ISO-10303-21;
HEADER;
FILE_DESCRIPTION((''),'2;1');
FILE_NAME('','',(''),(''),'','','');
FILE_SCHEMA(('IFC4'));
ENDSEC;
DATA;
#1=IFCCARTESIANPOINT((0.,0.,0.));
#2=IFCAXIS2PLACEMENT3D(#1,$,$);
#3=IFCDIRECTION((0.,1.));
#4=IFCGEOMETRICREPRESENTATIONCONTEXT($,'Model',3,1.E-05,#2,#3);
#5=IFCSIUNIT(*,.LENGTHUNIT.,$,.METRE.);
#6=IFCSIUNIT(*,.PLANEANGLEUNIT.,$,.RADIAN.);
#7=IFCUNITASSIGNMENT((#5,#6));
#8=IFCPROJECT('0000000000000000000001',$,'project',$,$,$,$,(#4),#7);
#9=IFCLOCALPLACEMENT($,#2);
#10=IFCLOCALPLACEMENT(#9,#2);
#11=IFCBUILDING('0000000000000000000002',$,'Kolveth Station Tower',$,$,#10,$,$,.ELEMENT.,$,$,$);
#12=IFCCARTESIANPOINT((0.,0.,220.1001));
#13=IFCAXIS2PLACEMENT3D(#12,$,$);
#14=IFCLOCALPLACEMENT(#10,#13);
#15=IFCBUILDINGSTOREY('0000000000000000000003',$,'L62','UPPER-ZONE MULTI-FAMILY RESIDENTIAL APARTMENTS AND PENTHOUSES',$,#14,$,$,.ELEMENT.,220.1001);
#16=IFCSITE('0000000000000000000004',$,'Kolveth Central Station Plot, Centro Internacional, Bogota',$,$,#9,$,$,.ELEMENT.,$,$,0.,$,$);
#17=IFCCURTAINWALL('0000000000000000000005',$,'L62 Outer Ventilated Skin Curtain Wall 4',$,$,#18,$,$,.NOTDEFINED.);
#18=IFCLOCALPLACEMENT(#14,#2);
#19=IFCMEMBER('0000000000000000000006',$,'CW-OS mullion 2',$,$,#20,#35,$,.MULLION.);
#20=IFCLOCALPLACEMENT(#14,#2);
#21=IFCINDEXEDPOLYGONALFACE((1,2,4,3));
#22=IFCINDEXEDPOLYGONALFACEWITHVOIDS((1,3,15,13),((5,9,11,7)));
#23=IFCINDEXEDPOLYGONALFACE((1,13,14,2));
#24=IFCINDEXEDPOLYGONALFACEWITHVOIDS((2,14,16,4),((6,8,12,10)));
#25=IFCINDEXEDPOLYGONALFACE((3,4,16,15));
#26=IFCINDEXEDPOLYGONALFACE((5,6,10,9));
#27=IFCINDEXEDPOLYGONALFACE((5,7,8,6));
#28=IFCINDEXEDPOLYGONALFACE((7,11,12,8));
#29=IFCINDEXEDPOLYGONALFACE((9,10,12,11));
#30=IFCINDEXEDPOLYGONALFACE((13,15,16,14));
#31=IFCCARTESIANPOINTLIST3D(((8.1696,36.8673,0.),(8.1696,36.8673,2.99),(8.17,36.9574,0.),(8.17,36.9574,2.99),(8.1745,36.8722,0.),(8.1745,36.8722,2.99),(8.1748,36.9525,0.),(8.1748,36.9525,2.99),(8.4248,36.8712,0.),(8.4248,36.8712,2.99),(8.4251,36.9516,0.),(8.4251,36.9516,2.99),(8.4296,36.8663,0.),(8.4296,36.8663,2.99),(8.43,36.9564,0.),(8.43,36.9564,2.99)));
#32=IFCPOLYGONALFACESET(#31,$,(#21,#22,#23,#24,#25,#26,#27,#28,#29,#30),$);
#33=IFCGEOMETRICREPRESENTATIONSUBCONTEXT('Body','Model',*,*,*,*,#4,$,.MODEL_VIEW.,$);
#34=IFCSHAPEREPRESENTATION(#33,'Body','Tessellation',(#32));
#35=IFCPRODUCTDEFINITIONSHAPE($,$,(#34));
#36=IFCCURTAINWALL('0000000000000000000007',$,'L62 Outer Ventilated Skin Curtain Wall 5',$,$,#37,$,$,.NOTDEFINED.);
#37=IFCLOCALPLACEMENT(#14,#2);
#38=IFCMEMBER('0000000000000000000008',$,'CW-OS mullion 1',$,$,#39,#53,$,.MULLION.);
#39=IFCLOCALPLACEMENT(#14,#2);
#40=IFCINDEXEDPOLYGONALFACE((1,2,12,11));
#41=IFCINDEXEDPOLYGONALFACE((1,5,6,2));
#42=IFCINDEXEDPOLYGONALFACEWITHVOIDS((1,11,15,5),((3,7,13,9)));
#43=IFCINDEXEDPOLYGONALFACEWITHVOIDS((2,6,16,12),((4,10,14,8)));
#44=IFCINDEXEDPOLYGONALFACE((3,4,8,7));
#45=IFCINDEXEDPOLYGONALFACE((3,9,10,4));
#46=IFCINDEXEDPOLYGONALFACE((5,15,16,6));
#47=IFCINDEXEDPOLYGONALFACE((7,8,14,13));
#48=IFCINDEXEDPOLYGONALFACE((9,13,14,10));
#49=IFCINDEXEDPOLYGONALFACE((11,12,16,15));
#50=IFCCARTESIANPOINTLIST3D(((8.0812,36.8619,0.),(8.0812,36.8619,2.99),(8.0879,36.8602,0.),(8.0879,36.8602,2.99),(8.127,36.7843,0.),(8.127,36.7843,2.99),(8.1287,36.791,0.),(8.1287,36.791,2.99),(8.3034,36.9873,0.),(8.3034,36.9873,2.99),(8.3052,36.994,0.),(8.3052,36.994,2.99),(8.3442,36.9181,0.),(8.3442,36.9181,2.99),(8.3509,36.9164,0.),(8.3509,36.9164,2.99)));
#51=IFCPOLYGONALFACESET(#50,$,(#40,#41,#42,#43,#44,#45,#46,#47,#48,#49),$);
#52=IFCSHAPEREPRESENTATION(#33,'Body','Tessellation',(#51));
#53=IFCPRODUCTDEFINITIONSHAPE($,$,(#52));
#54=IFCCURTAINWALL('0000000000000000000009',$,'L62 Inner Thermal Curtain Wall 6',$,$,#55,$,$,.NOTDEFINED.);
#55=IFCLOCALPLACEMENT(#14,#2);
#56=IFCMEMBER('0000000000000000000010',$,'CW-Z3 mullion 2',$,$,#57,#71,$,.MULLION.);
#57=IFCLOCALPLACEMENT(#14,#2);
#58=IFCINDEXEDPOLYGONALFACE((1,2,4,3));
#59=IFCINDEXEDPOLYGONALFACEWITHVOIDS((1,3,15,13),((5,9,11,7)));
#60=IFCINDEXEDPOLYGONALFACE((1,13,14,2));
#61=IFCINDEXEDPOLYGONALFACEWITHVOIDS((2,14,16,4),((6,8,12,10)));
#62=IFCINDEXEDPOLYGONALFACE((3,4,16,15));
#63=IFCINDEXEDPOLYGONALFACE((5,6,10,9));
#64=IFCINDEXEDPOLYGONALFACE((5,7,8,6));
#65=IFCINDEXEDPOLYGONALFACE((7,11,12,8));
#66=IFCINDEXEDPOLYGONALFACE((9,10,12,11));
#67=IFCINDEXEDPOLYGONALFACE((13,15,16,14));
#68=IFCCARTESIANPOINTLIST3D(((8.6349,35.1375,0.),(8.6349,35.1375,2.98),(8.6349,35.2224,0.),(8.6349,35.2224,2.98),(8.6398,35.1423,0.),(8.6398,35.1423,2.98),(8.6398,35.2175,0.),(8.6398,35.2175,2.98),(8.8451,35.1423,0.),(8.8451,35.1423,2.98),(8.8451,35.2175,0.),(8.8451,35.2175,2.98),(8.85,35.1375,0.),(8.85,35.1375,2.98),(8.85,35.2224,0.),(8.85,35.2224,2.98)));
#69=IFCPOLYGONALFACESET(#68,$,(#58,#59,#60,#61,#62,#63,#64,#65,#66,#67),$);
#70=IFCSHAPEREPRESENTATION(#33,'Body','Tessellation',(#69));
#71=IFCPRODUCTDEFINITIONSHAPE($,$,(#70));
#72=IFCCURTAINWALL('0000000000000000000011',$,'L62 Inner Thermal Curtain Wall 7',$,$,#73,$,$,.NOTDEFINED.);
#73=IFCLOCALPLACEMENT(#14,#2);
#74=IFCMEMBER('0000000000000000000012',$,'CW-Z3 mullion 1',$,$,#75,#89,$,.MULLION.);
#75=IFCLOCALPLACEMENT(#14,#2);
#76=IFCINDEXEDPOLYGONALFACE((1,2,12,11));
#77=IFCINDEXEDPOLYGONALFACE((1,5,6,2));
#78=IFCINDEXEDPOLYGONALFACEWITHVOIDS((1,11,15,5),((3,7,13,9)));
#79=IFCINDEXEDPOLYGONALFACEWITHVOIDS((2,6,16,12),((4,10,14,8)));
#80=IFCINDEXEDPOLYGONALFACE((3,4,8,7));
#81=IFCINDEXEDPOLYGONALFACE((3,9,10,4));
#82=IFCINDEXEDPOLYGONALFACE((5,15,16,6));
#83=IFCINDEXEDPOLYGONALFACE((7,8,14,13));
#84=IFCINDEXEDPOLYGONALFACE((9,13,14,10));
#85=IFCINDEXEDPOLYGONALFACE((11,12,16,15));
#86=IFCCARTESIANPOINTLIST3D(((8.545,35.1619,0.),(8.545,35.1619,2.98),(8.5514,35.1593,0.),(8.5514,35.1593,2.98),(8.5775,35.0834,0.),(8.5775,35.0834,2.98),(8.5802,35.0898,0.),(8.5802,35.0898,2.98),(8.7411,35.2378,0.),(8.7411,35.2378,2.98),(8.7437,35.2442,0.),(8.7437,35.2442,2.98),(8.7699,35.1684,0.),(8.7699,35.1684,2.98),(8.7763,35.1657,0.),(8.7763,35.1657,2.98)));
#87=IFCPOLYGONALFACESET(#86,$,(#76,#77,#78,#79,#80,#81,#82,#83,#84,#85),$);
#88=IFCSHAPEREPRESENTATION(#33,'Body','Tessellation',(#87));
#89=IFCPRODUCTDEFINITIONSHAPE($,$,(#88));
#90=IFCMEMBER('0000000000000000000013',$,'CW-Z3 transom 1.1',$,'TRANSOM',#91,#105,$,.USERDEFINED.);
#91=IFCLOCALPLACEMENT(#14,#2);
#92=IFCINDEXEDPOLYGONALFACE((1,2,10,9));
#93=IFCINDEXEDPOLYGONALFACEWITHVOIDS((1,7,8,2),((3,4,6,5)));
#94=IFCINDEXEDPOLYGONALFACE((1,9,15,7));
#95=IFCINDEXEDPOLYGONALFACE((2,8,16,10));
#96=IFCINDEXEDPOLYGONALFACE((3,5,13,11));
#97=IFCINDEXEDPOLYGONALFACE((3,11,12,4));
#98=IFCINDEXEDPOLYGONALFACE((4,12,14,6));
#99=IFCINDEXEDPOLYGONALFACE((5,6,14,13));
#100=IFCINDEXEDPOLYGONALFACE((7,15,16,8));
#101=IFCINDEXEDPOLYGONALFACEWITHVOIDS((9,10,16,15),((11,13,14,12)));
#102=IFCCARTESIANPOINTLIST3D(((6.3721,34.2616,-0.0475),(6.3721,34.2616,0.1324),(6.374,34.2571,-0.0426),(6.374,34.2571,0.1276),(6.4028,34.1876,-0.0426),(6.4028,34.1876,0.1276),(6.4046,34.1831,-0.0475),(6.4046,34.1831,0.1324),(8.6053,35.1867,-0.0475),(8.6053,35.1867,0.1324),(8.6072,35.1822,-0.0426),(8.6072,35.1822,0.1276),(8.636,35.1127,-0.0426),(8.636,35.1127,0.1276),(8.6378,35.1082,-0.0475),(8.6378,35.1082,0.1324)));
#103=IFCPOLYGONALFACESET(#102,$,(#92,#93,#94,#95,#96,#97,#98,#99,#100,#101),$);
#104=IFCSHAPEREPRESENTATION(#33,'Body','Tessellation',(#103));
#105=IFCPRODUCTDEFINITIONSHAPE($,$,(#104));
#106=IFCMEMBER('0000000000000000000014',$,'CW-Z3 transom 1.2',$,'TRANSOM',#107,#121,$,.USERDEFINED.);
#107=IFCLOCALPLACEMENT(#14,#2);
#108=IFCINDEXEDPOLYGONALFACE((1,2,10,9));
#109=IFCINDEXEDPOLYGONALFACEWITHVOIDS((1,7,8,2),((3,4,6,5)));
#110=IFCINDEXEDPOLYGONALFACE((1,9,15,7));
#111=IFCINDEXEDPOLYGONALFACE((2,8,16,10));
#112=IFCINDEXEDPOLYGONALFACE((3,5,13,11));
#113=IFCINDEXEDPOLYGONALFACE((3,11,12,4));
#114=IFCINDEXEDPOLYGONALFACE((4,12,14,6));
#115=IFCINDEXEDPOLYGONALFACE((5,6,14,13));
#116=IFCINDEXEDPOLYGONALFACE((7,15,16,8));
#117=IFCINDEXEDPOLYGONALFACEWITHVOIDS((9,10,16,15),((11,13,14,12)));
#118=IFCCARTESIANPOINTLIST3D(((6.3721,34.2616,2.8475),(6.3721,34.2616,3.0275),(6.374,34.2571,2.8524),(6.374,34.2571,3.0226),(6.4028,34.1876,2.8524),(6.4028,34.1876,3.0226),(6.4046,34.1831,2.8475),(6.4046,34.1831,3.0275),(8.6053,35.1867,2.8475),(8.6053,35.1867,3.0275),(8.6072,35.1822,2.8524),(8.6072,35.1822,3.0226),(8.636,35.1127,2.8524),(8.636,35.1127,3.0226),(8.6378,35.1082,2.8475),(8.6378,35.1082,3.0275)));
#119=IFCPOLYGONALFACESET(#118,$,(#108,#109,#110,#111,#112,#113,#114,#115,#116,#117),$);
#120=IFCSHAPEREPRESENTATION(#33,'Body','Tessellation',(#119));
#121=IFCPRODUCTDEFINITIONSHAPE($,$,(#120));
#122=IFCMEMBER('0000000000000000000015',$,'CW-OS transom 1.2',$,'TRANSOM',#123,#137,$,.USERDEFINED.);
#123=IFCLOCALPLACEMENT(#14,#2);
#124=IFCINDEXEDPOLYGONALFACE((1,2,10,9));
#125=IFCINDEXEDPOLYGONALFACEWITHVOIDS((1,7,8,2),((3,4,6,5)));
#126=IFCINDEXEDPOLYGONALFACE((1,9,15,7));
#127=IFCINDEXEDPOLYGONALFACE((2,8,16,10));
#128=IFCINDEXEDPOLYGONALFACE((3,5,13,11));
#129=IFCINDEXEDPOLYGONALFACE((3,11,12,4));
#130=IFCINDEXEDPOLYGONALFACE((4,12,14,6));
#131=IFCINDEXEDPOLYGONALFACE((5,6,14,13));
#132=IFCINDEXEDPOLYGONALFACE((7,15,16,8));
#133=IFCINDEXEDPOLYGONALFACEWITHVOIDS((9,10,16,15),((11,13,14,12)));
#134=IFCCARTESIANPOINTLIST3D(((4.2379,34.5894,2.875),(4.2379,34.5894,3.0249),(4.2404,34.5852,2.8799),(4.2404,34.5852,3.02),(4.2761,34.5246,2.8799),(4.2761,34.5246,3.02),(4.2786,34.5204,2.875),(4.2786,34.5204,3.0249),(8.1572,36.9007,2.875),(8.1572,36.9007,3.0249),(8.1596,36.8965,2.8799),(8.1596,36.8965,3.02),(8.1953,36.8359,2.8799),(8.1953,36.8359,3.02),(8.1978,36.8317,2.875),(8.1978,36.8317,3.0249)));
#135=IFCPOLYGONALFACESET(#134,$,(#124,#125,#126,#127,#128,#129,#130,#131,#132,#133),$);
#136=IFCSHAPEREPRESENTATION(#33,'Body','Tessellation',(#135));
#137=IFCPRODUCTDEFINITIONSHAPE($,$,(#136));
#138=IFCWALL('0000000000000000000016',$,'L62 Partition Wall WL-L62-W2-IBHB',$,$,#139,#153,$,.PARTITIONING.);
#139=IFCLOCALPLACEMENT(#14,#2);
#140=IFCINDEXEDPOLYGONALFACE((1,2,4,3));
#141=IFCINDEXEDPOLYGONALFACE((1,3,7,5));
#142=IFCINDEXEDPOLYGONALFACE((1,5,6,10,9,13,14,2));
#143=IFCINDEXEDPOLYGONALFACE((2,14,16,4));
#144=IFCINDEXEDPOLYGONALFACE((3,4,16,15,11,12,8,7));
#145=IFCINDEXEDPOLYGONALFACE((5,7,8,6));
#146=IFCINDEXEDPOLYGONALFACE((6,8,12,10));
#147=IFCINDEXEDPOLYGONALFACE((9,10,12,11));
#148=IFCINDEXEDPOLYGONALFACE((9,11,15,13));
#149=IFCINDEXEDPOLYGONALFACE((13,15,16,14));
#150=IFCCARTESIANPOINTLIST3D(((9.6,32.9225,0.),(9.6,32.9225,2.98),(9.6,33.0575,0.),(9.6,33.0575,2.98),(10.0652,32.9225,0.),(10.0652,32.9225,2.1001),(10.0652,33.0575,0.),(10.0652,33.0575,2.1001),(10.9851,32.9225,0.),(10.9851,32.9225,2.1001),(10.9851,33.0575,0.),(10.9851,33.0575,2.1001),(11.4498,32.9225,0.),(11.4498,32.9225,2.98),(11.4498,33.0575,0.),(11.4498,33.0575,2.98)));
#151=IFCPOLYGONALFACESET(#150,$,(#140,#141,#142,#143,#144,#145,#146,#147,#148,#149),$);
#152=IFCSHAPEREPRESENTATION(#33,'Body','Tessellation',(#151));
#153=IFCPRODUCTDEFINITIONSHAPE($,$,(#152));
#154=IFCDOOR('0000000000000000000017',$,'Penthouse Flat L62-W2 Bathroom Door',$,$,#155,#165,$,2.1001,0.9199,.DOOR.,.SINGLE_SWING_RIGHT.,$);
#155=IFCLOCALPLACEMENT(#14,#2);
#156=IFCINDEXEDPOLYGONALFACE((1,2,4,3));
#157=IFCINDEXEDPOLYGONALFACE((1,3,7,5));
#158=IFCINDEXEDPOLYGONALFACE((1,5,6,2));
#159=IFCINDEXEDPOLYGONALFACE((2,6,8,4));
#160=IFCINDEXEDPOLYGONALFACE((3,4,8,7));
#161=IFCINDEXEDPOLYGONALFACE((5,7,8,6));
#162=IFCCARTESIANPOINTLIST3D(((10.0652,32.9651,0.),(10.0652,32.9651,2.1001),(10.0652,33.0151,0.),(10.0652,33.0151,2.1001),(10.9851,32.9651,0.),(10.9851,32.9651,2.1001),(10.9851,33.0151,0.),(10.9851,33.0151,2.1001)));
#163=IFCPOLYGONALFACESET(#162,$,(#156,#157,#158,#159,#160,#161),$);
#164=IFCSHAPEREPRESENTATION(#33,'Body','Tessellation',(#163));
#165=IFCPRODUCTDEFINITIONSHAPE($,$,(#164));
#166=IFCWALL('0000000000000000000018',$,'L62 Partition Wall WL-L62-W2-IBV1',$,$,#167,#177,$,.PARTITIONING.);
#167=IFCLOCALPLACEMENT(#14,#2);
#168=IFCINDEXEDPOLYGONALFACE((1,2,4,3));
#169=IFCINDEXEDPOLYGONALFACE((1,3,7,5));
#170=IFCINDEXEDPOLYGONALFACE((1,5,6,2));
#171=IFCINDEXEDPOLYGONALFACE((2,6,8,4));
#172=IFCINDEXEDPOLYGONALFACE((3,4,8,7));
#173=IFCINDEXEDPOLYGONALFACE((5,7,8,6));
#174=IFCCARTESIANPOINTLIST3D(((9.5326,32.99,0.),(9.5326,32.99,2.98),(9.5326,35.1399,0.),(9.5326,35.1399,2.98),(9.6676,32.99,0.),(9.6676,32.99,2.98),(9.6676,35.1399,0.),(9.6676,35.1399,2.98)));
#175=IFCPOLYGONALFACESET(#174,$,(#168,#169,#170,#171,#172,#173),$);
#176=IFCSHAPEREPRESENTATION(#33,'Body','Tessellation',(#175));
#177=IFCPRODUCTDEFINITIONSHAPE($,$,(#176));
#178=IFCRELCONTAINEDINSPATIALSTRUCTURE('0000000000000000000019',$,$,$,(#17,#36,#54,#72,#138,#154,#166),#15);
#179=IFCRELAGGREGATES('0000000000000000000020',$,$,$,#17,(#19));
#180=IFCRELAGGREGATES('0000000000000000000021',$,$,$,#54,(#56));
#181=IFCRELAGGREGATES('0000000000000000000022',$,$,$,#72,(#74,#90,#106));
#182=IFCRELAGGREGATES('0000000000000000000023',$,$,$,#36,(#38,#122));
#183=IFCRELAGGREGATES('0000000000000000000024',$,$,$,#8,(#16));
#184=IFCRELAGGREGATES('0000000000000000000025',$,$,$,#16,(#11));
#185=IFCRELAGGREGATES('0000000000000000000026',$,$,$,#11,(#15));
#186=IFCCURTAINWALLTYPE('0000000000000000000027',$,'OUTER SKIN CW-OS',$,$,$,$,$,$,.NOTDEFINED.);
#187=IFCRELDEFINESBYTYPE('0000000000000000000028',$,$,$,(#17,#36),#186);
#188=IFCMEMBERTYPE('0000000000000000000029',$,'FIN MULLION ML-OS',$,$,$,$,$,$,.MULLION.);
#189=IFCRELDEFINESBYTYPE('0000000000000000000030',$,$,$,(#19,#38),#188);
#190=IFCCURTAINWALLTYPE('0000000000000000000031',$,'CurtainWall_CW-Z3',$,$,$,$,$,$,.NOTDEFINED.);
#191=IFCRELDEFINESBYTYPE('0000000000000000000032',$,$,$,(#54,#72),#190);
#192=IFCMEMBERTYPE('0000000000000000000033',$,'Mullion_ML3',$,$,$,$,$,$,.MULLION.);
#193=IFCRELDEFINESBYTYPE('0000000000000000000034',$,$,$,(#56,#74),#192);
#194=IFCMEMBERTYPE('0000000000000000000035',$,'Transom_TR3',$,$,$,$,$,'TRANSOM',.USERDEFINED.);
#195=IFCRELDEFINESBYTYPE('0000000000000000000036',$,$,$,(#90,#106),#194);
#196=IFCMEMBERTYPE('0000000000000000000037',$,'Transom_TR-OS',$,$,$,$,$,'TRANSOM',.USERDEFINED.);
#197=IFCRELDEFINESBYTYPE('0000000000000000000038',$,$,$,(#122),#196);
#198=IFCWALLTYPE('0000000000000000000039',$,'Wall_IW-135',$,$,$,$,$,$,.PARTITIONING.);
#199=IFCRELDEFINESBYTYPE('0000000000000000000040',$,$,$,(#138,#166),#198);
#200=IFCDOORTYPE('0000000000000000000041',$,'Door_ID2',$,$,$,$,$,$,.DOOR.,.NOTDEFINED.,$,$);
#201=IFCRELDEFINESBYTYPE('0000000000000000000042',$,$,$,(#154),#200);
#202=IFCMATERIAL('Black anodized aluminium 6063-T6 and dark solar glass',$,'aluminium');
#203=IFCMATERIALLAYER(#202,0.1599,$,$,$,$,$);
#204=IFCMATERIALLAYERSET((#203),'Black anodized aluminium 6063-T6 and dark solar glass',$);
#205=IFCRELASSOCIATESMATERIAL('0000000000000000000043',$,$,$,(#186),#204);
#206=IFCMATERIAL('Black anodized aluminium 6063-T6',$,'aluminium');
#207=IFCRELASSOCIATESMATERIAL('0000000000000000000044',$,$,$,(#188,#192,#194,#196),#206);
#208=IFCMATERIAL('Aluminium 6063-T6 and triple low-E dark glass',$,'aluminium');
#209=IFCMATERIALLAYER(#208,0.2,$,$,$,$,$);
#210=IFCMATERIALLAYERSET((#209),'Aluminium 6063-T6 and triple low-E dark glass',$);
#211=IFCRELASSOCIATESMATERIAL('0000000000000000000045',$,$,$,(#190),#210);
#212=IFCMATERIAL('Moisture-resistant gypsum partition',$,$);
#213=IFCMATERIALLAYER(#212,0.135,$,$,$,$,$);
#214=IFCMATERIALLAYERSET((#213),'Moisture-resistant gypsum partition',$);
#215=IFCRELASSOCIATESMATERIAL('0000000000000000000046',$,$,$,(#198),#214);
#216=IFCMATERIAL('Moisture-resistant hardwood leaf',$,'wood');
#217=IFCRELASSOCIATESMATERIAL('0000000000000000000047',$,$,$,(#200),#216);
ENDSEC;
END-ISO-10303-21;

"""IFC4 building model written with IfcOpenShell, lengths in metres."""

from ifc_helpers import new_model, si_unit, direction, frame, frame_2d, origin, origin_2d, place, context, subcontext, project, spatial, rectangle, hollow_rectangle, extrude, source, transform, mapped, material, layer, layer_set, material_profile, profile_set, type_object, element, fill, aggregate, save


model = new_model("IFC4")

# Units and contexts
model_context = context("Model", 3, precision=1e-05, world=origin(), true_north=direction((0.0, 1.0)))
body_context = subcontext(model_context, "Body", "Model", "MODEL_VIEW")
ifc_project = project(units=[si_unit("LENGTHUNIT", "METRE"), si_unit("PLANEANGLEUNIT", "RADIAN")], contexts=[model_context])

# Site, building, storey
site_placement = place(None, origin())
site = spatial("IfcSite", under=ifc_project, at=site_placement, Name="Kolveth Central Station Plot, Centro Internacional, Bogota", CompositionType="ELEMENT", RefElevation=0.0)
building_placement = place(site_placement, origin())
building = spatial("IfcBuilding", under=site, at=building_placement, Name="Kolveth Station Tower", CompositionType="ELEMENT")
storey_placement = place(building_placement, frame((0.0, 0.0, 220.1001)))
storey = spatial("IfcBuildingStorey", under=building, at=storey_placement, Name="L62", Description="UPPER-ZONE MULTI-FAMILY RESIDENTIAL APARTMENTS AND PENTHOUSES", CompositionType="ELEMENT", Elevation=220.1001)

# Curtain walls, members
ifc_material_1 = material(Name="Black anodized aluminium 6063-T6 and dark solar glass", Category="aluminium")
ifc_layer_1 = layer(ifc_material_1, 0.1599)
ifc_layer_set_1 = layer_set([ifc_layer_1], Name="Black anodized aluminium 6063-T6 and dark solar glass")
curtain_wall_type_1 = type_object("IfcCurtainWallType", Name="OUTER SKIN CW-OS", PredefinedType="NOTDEFINED", material=ifc_layer_set_1)
curtain_wall_1_placement = place(storey_placement, origin())
curtain_wall_1 = element("IfcCurtainWall", 1, at=curtain_wall_1_placement, inside=storey, type_object=curtain_wall_type_1, Name="L62 Outer Ventilated Skin Curtain Wall 4", PredefinedType="NOTDEFINED")
ifc_material_2 = material(Name="Black anodized aluminium 6063-T6", Category="aluminium")
ifc_material_profile_1 = material_profile(ifc_material_2, hollow_rectangle(XDim=0.0901, YDim=0.26, WallThickness=0.0049, at=origin_2d()), Name="ALU-90x260x5")
ifc_profile_set_1 = profile_set([ifc_material_profile_1], Name="Black anodized aluminium 6063-T6")
member_type_1 = type_object("IfcMemberType", Name="FIN MULLION ML-OS", PredefinedType="MULLION", material=ifc_profile_set_1)
shared_shape_1 = source(origin(), body_context, "Body", "SweptSolid", [
    extrude(hollow_rectangle(XDim=0.0901, YDim=0.26, WallThickness=0.0049, at=origin_2d()), origin(), (0.0, 0.0, 1.0), 2.99),
])
member_1_placement = place(storey_placement, frame((8.2998, 36.9119, 0.0), z_axis=(0.0, 0.0, 1.0), x_axis=(-0.003665, -0.999993, 0.0)))
member_1 = element("IfcMember", 2, at=member_1_placement, type_object=member_type_1, Name="CW-OS mullion 2", PredefinedType="MULLION", context=body_context, shape_type="MappedRepresentation", body=[
    mapped(shared_shape_1, transform((0.0, 0.0, 0.0), x_axis=(1.0, 0.0, 0.0), y_axis=(0.0, 1.0, 0.0), z_axis=(0.0, 0.0, 1.0), scale=1.0)),
])
aggregate(curtain_wall_1, [member_1])
curtain_wall_2_placement = place(storey_placement, origin())
curtain_wall_2 = element("IfcCurtainWall", 3, at=curtain_wall_2_placement, inside=storey, type_object=curtain_wall_type_1, Name="L62 Outer Ventilated Skin Curtain Wall 5", PredefinedType="NOTDEFINED")
member_2_placement = place(storey_placement, frame((8.2161, 36.8892, 0.0), z_axis=(0.0, 0.0, 1.0), x_axis=(0.508014, -0.861349, 0.0)))
member_2 = element("IfcMember", 4, at=member_2_placement, type_object=member_type_1, Name="CW-OS mullion 1", PredefinedType="MULLION", context=body_context, shape_type="MappedRepresentation", body=[
    mapped(shared_shape_1, transform((0.0, 0.0, 0.0), x_axis=(1.0, 0.0, 0.0), y_axis=(0.0, 1.0, 0.0), z_axis=(0.0, 0.0, 1.0), scale=1.0)),
])
ifc_material_3 = material(Name="Aluminium 6063-T6 and triple low-E dark glass", Category="aluminium")
ifc_layer_2 = layer(ifc_material_3, 0.2)
ifc_layer_set_2 = layer_set([ifc_layer_2], Name="Aluminium 6063-T6 and triple low-E dark glass")
curtain_wall_type_2 = type_object("IfcCurtainWallType", Name="CurtainWall_CW-Z3", PredefinedType="NOTDEFINED", material=ifc_layer_set_2)
curtain_wall_3_placement = place(storey_placement, origin())
curtain_wall_3 = element("IfcCurtainWall", 5, at=curtain_wall_3_placement, inside=storey, type_object=curtain_wall_type_2, Name="L62 Inner Thermal Curtain Wall 6", PredefinedType="NOTDEFINED")
ifc_material_profile_2 = material_profile(ifc_material_2, hollow_rectangle(XDim=0.085, YDim=0.2151, WallThickness=0.0049, at=origin_2d()), Name="ALU-85x215x5")
ifc_profile_set_2 = profile_set([ifc_material_profile_2], Name="Black anodized aluminium 6063-T6")
member_type_2 = type_object("IfcMemberType", Name="Mullion_ML3", PredefinedType="MULLION", material=ifc_profile_set_2)
shared_shape_2 = source(origin(), body_context, "Body", "SweptSolid", [
    extrude(hollow_rectangle(XDim=0.085, YDim=0.2151, WallThickness=0.0049, at=origin_2d()), origin(), (0.0, 0.0, 1.0), 2.98),
])
member_3_placement = place(storey_placement, frame((8.7424, 35.1799, 0.0), z_axis=(0.0, 0.0, 1.0), x_axis=(0.0, -1.0, 0.0)))
member_3 = element("IfcMember", 6, at=member_3_placement, type_object=member_type_2, Name="CW-Z3 mullion 2", PredefinedType="MULLION", context=body_context, shape_type="MappedRepresentation", body=[
    mapped(shared_shape_2, transform((0.0, 0.0, 0.0), x_axis=(1.0, 0.0, 0.0), y_axis=(0.0, 1.0, 0.0), z_axis=(0.0, 0.0, 1.0), scale=1.0)),
])
aggregate(curtain_wall_3, [member_3])

# Curtain wall, members
curtain_wall_4_placement = place(storey_placement, origin())
curtain_wall_4 = element("IfcCurtainWall", 7, at=curtain_wall_4_placement, inside=storey, type_object=curtain_wall_type_2, Name="L62 Inner Thermal Curtain Wall 7", PredefinedType="NOTDEFINED")
member_4_placement = place(storey_placement, frame((8.6606, 35.1638, 0.0), z_axis=(0.0, 0.0, 1.0), x_axis=(0.382693, -0.923875, 0.0)))
member_4 = element("IfcMember", 8, at=member_4_placement, type_object=member_type_2, Name="CW-Z3 mullion 1", PredefinedType="MULLION", context=body_context, shape_type="MappedRepresentation", body=[
    mapped(shared_shape_2, transform((0.0, 0.0, 0.0), x_axis=(1.0, 0.0, 0.0), y_axis=(0.0, 1.0, 0.0), z_axis=(0.0, 0.0, 1.0), scale=1.0)),
])
ifc_material_profile_3 = material_profile(ifc_material_2, hollow_rectangle(XDim=0.085, YDim=0.1799, WallThickness=0.0049, at=origin_2d()), Name="ALU-85x180x5")
ifc_profile_set_3 = profile_set([ifc_material_profile_3], Name="Black anodized aluminium 6063-T6")
member_type_3 = type_object("IfcMemberType", Name="Transom_TR3", ElementType="TRANSOM", PredefinedType="USERDEFINED", material=ifc_profile_set_3)
shared_shape_3 = source(origin(), body_context, "Body", "SweptSolid", [
    extrude(hollow_rectangle(XDim=0.085, YDim=0.1799, WallThickness=0.0049, at=origin_2d()), origin(), (0.0, 0.0, 1.0), 2.4172),
])
member_5_placement = place(storey_placement, frame((8.6216, 35.1475, 0.0425), z_axis=(-0.923873, -0.3827, 0.0), x_axis=(0.3827, -0.923873, 0.0)))
member_5 = element("IfcMember", 9, at=member_5_placement, type_object=member_type_3, Name="CW-Z3 transom 1.1", ObjectType="TRANSOM", PredefinedType="USERDEFINED", context=body_context, shape_type="MappedRepresentation", body=[
    mapped(shared_shape_3, transform((0.0, 0.0, 0.0), x_axis=(1.0, 0.0, 0.0), y_axis=(0.0, 1.0, 0.0), z_axis=(0.0, 0.0, 1.0), scale=1.0)),
])
member_6_placement = place(storey_placement, frame((8.6216, 35.1475, 2.9375), z_axis=(-0.923873, -0.3827, 0.0), x_axis=(0.3827, -0.923873, 0.0)))
member_6 = element("IfcMember", 10, at=member_6_placement, type_object=member_type_3, Name="CW-Z3 transom 1.2", ObjectType="TRANSOM", PredefinedType="USERDEFINED", context=body_context, shape_type="MappedRepresentation", body=[
    mapped(shared_shape_3, transform((0.0, 0.0, 0.0), x_axis=(1.0, 0.0, 0.0), y_axis=(0.0, 1.0, 0.0), z_axis=(0.0, 0.0, 1.0), scale=1.0)),
])
aggregate(curtain_wall_4, [member_4, member_5, member_6])

# Member
ifc_material_profile_4 = material_profile(ifc_material_2, hollow_rectangle(XDim=0.0801, YDim=0.1499, WallThickness=0.0049, at=origin_2d()), Name="ALU-80x150x5")
ifc_profile_set_4 = profile_set([ifc_material_profile_4], Name="Black anodized aluminium 6063-T6")
member_type_4 = type_object("IfcMemberType", Name="Transom_TR-OS", ElementType="TRANSOM", PredefinedType="USERDEFINED", material=ifc_profile_set_4)
shared_shape_4 = source(origin(), body_context, "Body", "SweptSolid", [
    extrude(hollow_rectangle(XDim=0.0801, YDim=0.1499, WallThickness=0.0049, at=origin_2d()), origin(), (0.0, 0.0, 1.0), 4.55),
])
member_7_placement = place(storey_placement, frame((8.1775, 36.8662, 2.95), z_axis=(-0.86137, -0.507979, 0.0), x_axis=(0.507979, -0.86137, 0.0)))
member_7 = element("IfcMember", 11, at=member_7_placement, type_object=member_type_4, Name="CW-OS transom 1.2", ObjectType="TRANSOM", PredefinedType="USERDEFINED", context=body_context, shape_type="MappedRepresentation", body=[
    mapped(shared_shape_4, transform((0.0, 0.0, 0.0), x_axis=(1.0, 0.0, 0.0), y_axis=(0.0, 1.0, 0.0), z_axis=(0.0, 0.0, 1.0), scale=1.0)),
])
aggregate(curtain_wall_2, [member_2, member_7])

# Wall, opening, door
ifc_material_4 = material(Name="Moisture-resistant gypsum partition")
ifc_layer_3 = layer(ifc_material_4, 0.135)
ifc_layer_set_3 = layer_set([ifc_layer_3], Name="Moisture-resistant gypsum partition")
wall_type_1 = type_object("IfcWallType", Name="Wall_IW-135", PredefinedType="PARTITIONING", material=ifc_layer_set_3)
wall_1_placement = place(storey_placement, frame((9.6001, 32.99, 0.0), z_axis=(0.0, 0.0, 1.0), x_axis=(1.0, 0.0, 0.0)))
wall_1 = element("IfcWall", 12, at=wall_1_placement, inside=storey, type_object=wall_type_1, Name="L62 Partition Wall WL-L62-W2-IBHB", PredefinedType="PARTITIONING", context=body_context, shape_type="SweptSolid", body=[
    extrude(rectangle(XDim=1.8499, YDim=0.135, at=frame_2d((0.9248, 0.0))), origin(), (0.0, 0.0, 1.0), 2.98),
])
opening_1_placement = place(wall_1_placement, frame((0.4651, 0.0, 0.0)))
opening_1 = element("IfcOpeningElement", 13, at=opening_1_placement, cuts=wall_1, PredefinedType="OPENING", context=body_context, shape_type="SweptSolid", body=[
    extrude(rectangle(XDim=0.9199, YDim=2.1001, at=frame_2d((0.46, 1.05))), frame((0.0, 0.0774, 0.0), z_axis=(0.0, -1.0, 0.0), x_axis=(1.0, 0.0, 0.0)), (0.0, 0.0, 1.0), 0.155),
])
ifc_material_5 = material(Name="Moisture-resistant hardwood leaf", Category="wood")
door_type_1 = type_object("IfcDoorType", Name="Door_ID2", OperationType="NOTDEFINED", PredefinedType="DOOR", material=ifc_material_5)
door_1_placement = place(opening_1_placement, frame((0.9199, 0.0, 0.0), z_axis=(0.0, 0.0, 1.0), x_axis=(-1.0, 0.0, 0.0)))
door_1 = element("IfcDoor", 14, at=door_1_placement, inside=storey, type_object=door_type_1, Name="Penthouse Flat L62-W2 Bathroom Door", OperationType="SINGLE_SWING_RIGHT", OverallHeight=2.1001, OverallWidth=0.9199, PredefinedType="DOOR", context=body_context, shape_type="SweptSolid", body=[
    extrude(rectangle(XDim=0.9199, YDim=2.1001, at=frame_2d((0.46, 1.05))), frame((0.0, 0.0249, 0.0), z_axis=(0.0, -1.0, 0.0), x_axis=(1.0, 0.0, 0.0)), (0.0, 0.0, 1.0), 0.05),
])
fill(opening_1, door_1)

# Wall
for number, where, z_axis, x_axis, name in (
    (15, (9.6001, 32.99, 0.0), (0.0, 0.0, 1.0), (0.0, 1.0, 0.0), "L62 Partition Wall WL-L62-W2-IBV1"),
):
    element("IfcWall", number, at=place(storey_placement, frame(where, z_axis=z_axis, x_axis=x_axis)), inside=storey, type_object=wall_type_1, Name=name, PredefinedType="PARTITIONING", context=body_context, shape_type="SweptSolid", body=[
        extrude(rectangle(XDim=2.1499, YDim=0.135, at=frame_2d((1.075, 0.0))), origin(), (0.0, 0.0, 1.0), 2.98),
    ])

save(model, "model.ifc")
